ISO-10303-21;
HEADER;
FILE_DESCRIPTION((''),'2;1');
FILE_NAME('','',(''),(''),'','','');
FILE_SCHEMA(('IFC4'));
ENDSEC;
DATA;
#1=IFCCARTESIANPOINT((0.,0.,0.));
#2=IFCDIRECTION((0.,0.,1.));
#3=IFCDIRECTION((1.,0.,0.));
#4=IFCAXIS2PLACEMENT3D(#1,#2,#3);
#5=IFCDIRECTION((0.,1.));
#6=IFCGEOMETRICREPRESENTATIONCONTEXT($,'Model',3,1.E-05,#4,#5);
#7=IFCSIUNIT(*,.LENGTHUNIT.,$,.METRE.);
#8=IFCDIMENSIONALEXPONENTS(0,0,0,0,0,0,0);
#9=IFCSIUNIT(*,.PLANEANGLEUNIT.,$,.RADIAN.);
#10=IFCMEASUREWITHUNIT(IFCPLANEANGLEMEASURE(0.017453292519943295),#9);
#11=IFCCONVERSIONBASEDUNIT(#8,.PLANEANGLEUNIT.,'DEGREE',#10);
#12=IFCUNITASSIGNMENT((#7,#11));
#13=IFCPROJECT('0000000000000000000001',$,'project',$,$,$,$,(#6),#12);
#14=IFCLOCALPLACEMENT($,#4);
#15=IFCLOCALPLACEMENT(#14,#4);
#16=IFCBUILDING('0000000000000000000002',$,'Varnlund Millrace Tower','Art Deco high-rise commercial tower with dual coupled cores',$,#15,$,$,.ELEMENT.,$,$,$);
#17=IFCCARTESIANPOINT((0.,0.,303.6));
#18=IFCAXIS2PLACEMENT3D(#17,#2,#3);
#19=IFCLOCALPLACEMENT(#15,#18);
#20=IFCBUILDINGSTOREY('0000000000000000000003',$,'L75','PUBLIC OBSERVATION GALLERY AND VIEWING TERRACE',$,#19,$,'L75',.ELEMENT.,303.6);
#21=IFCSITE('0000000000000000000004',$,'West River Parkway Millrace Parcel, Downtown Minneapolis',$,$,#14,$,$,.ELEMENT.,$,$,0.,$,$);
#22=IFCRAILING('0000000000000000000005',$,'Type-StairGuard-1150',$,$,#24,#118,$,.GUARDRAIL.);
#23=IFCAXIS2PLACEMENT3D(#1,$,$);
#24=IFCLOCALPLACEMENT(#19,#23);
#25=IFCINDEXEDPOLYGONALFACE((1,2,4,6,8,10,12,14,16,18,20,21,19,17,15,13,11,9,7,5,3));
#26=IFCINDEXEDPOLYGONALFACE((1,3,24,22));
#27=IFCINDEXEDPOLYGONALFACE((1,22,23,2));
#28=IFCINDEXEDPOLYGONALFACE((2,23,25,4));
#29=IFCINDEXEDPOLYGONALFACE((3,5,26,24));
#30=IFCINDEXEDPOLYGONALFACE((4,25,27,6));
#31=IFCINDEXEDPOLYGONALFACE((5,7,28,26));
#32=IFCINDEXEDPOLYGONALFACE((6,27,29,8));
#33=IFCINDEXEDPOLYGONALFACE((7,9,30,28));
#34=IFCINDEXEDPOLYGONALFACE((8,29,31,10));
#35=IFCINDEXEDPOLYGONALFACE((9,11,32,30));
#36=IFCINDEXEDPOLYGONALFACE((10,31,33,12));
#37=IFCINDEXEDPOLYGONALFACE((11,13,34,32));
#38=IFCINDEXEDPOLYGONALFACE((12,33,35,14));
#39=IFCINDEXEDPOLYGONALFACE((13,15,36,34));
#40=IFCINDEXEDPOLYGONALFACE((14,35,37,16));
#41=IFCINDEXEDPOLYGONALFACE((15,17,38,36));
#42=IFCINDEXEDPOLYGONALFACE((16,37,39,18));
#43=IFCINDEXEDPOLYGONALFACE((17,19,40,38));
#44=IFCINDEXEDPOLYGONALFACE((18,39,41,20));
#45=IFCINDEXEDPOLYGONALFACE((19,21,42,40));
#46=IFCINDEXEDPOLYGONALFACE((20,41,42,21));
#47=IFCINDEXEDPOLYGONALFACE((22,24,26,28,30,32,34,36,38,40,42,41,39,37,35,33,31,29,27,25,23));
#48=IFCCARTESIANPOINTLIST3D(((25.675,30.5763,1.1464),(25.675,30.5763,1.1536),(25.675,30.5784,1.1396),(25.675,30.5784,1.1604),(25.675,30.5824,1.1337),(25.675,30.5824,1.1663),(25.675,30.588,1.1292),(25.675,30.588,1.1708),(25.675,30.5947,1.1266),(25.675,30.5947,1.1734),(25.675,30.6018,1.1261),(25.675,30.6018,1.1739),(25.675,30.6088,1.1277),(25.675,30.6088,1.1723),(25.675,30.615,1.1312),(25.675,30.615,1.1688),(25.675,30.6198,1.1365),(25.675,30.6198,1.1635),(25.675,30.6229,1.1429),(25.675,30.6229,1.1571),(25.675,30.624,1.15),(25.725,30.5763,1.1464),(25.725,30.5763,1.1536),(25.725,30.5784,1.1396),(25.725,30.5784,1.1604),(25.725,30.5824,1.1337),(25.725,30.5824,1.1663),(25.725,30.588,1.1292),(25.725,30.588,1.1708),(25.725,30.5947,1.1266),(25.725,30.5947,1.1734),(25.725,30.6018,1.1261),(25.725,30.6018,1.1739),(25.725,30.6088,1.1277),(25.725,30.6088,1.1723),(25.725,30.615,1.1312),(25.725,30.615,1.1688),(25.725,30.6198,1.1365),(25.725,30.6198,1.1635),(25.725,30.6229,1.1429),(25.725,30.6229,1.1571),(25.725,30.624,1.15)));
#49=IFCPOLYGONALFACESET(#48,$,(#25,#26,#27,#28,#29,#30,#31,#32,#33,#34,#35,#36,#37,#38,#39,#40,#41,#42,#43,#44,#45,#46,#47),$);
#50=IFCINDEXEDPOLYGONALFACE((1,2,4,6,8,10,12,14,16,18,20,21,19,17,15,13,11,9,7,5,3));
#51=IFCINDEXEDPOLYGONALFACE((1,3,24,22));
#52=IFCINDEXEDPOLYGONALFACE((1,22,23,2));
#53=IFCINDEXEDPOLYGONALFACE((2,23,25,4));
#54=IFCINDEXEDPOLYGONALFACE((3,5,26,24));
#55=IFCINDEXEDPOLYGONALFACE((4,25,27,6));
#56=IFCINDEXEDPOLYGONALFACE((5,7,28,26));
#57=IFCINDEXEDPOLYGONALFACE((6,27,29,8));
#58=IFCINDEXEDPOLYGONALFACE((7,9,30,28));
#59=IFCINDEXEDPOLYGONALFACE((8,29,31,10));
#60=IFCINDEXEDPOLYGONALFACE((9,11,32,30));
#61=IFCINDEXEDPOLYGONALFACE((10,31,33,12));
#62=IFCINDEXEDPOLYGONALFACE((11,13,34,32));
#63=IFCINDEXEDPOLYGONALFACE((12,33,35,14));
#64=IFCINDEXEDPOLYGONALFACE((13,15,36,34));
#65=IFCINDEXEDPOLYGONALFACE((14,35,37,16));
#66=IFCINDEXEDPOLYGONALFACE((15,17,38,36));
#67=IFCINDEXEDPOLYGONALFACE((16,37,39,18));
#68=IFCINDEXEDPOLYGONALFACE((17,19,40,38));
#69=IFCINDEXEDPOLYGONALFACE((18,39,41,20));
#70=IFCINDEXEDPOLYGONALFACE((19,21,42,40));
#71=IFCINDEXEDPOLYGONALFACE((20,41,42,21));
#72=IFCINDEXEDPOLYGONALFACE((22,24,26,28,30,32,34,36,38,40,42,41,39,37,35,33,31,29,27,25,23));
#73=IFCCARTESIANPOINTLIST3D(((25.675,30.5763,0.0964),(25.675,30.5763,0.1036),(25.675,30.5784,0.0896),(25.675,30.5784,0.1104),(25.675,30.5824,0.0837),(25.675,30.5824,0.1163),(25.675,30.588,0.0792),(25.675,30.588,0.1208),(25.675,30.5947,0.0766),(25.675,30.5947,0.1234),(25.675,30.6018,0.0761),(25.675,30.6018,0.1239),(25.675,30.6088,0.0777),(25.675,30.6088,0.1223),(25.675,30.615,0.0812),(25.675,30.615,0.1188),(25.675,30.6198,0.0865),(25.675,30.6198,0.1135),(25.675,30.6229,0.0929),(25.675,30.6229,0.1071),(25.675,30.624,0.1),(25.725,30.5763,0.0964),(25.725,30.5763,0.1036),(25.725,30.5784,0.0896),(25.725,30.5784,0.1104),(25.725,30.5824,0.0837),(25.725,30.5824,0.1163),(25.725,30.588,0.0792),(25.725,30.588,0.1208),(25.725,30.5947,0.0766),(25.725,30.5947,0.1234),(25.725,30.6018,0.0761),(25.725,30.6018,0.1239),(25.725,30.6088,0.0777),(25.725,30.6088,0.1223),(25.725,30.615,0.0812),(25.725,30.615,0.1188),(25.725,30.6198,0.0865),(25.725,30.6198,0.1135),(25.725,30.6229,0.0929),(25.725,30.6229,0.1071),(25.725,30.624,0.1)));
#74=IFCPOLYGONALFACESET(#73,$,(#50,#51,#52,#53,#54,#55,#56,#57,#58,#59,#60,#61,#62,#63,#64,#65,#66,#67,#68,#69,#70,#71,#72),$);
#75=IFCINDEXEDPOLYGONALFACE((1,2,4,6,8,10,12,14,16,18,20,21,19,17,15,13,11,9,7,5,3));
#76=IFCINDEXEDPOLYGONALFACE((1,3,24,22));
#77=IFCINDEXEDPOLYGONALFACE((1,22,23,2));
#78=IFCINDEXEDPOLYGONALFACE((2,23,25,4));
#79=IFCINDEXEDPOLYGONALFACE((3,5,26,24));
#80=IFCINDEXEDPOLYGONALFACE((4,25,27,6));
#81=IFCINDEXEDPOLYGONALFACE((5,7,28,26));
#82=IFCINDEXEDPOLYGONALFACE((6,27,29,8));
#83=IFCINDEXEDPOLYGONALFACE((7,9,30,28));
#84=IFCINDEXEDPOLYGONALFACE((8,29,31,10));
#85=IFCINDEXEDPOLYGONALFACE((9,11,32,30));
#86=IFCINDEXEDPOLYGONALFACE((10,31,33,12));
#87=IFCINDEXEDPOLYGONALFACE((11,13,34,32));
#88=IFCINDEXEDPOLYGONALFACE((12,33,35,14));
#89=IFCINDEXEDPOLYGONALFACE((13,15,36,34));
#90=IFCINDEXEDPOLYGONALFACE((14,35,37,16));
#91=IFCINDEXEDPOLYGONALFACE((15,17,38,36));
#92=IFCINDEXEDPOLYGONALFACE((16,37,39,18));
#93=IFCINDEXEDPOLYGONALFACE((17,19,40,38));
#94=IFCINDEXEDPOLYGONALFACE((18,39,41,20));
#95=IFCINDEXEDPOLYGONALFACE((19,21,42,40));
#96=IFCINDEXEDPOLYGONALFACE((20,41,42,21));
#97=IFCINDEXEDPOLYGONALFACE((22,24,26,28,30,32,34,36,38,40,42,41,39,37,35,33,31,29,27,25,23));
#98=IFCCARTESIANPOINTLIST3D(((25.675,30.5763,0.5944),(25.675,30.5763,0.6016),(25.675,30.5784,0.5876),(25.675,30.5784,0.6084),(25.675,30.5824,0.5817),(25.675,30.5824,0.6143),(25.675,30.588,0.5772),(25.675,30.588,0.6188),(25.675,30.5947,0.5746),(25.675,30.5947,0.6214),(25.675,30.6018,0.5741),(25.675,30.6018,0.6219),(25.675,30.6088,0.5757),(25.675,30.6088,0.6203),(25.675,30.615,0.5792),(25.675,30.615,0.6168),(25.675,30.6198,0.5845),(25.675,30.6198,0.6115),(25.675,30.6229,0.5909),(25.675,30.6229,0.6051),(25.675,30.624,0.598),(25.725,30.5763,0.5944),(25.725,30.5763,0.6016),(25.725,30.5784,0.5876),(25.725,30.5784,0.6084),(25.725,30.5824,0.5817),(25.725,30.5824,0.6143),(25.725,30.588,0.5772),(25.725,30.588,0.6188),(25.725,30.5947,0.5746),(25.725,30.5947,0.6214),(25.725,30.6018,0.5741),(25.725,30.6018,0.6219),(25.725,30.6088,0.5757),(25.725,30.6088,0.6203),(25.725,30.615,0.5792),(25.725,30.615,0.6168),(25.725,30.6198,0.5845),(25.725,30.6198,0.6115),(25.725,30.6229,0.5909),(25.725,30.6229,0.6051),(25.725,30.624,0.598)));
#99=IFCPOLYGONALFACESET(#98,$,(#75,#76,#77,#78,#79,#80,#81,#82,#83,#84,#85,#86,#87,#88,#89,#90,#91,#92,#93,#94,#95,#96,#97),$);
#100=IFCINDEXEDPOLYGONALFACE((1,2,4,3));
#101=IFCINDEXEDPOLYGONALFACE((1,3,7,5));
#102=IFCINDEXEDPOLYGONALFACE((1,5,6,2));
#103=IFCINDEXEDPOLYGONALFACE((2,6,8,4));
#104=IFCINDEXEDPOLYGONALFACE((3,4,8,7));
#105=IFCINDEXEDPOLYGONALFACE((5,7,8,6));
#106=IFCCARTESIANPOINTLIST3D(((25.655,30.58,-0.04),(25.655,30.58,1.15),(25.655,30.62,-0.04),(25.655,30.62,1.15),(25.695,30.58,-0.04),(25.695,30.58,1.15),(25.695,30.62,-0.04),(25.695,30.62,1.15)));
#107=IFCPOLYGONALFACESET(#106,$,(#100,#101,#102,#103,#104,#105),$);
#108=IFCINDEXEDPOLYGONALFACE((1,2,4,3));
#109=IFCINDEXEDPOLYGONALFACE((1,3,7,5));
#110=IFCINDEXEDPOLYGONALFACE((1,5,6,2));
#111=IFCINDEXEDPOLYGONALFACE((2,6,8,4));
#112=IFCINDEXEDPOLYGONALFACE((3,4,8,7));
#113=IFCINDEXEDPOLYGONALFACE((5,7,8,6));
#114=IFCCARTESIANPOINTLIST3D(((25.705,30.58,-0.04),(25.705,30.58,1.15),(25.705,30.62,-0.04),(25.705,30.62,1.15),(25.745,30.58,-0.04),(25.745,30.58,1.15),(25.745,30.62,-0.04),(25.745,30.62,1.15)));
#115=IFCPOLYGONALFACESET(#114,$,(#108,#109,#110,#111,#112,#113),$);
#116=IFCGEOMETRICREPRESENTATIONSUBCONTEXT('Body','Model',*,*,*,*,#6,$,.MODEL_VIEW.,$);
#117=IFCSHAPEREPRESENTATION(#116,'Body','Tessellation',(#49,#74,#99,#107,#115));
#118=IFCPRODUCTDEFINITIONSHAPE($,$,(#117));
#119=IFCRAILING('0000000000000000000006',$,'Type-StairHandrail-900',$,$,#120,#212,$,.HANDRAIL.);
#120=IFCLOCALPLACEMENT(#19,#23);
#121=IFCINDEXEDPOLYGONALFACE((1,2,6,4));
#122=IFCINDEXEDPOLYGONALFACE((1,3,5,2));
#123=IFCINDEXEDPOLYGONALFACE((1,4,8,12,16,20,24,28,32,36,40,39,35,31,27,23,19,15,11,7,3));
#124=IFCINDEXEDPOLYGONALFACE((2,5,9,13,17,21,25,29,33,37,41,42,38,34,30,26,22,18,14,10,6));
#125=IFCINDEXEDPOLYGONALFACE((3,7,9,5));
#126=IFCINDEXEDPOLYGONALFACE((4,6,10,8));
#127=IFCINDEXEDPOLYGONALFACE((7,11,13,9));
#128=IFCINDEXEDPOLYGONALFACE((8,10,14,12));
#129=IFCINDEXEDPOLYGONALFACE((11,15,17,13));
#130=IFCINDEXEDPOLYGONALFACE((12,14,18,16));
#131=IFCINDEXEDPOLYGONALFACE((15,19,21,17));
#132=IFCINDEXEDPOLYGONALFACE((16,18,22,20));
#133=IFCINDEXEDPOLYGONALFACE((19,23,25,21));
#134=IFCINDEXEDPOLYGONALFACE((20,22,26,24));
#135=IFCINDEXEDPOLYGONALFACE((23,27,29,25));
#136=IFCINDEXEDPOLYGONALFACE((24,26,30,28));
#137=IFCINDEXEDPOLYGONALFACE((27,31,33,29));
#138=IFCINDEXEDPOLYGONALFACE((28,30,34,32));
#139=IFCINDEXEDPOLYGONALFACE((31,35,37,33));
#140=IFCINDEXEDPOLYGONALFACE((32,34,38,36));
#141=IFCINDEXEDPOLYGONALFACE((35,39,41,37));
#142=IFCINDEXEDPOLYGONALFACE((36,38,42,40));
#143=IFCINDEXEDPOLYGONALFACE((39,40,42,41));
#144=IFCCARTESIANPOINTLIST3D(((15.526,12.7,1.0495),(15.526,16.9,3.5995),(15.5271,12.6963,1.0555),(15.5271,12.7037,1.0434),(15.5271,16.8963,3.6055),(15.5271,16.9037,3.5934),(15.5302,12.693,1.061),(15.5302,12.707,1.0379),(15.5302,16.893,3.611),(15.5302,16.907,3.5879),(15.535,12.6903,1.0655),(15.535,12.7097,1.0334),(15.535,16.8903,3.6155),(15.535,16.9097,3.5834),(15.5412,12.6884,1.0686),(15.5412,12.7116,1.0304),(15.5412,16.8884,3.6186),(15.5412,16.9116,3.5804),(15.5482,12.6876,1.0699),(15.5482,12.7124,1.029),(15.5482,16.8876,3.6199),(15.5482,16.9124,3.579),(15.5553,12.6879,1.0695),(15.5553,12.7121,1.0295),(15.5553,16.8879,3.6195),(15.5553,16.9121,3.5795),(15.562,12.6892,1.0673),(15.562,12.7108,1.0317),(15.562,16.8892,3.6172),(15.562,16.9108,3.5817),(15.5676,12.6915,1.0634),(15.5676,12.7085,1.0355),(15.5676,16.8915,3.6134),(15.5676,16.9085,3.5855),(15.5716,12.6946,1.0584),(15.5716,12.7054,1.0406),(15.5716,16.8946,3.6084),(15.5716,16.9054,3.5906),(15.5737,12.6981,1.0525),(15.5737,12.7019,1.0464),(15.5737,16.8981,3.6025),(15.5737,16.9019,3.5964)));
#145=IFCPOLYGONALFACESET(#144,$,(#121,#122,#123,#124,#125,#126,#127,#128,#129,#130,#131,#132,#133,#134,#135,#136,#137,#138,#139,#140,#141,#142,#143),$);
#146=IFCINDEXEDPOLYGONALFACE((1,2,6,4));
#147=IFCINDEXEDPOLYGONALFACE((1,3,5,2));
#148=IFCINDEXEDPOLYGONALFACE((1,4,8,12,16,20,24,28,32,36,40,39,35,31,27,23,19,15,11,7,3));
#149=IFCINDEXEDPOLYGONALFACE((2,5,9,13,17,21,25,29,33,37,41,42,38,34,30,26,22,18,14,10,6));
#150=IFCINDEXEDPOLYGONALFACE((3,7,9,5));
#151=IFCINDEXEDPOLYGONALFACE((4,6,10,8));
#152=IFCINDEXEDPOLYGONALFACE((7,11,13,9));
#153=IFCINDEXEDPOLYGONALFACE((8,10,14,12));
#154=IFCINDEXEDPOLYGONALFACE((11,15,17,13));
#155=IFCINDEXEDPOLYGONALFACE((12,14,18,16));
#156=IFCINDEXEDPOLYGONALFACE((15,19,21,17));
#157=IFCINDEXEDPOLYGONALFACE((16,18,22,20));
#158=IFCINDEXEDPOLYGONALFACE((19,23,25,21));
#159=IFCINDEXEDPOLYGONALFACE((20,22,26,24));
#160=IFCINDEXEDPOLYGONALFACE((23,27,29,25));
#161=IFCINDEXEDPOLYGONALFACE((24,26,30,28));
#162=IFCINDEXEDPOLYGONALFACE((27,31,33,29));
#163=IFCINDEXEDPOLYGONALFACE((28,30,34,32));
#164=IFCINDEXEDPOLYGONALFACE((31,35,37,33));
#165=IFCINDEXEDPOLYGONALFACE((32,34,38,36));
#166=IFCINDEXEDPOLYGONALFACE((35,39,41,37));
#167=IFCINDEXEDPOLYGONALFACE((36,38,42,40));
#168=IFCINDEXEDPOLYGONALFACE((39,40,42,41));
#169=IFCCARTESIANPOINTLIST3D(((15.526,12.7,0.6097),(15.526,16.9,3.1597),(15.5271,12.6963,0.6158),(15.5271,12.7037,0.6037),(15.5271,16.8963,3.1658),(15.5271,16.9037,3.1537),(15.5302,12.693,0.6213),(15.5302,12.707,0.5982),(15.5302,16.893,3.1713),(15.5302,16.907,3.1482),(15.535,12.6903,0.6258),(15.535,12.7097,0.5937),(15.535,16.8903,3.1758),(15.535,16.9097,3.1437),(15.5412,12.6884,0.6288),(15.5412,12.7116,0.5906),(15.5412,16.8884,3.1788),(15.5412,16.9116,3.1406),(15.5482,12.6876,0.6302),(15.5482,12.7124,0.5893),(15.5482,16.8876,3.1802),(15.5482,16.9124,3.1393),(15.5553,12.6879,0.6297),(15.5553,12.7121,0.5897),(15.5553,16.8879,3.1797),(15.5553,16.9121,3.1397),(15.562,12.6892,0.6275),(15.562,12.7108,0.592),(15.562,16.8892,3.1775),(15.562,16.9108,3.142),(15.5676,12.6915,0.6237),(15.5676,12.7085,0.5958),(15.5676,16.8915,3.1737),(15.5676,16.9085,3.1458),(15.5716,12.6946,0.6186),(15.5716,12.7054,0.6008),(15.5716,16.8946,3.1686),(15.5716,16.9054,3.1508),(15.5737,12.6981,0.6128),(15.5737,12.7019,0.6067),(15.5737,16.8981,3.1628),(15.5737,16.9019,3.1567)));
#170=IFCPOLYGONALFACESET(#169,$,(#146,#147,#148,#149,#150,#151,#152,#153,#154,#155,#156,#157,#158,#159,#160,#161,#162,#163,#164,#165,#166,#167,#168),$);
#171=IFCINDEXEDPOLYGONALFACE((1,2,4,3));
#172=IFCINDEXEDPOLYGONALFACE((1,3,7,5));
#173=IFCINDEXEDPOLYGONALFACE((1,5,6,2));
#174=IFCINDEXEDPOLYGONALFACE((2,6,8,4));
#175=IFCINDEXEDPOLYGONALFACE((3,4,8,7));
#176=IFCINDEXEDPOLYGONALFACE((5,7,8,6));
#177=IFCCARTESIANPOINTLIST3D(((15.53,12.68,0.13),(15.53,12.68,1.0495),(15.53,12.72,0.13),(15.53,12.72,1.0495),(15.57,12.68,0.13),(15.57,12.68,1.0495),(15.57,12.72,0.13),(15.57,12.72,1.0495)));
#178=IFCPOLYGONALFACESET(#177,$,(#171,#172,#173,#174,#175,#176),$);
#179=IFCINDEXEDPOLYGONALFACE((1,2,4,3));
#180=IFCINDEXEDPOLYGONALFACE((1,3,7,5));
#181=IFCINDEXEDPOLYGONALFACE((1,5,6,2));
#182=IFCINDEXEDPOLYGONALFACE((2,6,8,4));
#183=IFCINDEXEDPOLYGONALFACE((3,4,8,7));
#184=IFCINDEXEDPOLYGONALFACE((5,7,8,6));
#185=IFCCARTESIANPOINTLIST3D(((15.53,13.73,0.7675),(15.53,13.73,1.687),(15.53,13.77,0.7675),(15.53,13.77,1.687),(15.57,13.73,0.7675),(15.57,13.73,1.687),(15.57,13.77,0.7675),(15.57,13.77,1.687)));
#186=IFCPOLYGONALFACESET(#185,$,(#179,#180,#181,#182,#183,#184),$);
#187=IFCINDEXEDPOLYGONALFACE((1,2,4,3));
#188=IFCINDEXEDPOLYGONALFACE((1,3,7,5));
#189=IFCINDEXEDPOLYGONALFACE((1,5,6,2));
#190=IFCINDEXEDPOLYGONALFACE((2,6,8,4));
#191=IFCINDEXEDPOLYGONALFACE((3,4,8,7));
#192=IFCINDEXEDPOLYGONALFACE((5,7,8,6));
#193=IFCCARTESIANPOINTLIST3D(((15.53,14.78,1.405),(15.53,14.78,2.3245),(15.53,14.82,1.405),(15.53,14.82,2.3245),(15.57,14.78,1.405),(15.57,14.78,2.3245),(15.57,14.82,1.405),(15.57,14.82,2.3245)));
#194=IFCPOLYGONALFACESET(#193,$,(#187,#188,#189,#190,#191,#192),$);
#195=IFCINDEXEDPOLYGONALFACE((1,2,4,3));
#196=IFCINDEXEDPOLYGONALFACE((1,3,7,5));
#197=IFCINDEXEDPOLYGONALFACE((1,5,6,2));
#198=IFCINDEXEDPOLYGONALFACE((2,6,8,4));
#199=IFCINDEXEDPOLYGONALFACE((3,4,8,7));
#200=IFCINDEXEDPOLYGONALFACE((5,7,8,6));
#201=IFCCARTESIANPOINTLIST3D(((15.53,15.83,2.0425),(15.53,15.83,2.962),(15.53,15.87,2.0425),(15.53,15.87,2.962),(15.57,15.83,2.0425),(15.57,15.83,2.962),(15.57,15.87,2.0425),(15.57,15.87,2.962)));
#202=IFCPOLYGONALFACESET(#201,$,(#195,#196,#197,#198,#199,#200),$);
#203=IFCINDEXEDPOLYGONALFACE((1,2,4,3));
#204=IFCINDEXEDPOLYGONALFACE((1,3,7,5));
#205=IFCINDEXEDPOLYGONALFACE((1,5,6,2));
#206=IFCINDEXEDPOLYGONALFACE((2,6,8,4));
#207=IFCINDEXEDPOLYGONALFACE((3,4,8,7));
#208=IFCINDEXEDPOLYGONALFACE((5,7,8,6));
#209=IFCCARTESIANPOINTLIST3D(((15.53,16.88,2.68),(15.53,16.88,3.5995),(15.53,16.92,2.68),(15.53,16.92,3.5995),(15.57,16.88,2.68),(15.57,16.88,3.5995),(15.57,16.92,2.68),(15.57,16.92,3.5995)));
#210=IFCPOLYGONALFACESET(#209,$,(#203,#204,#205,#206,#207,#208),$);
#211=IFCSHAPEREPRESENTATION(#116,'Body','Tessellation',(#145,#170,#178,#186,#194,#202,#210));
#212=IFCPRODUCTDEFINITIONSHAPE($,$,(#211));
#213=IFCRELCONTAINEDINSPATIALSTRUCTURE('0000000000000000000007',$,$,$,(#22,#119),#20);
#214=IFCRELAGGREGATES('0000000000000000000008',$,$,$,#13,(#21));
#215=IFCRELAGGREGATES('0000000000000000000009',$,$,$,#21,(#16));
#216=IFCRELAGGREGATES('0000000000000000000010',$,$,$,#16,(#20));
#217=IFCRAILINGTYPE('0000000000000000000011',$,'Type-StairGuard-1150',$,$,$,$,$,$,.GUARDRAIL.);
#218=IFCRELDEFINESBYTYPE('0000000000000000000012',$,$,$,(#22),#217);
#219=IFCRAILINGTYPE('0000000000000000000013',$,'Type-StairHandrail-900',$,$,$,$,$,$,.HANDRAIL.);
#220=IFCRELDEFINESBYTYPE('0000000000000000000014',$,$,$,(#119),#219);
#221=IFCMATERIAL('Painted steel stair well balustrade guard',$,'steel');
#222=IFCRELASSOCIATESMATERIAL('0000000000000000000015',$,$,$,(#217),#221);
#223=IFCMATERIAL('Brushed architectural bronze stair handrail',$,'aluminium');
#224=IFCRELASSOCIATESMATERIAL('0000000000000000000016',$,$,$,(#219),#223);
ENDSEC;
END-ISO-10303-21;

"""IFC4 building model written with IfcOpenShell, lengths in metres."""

from ifc_helpers import new_model, entity, si_unit, converted_unit, direction, frame, origin_with_axes, origin_2d_with_axis, place, context, subcontext, project, spatial, rectangle, circle, extrude, material, type_object, element, save


model = new_model("IFC4")

# Units and contexts
model_context = context("Model", 3, precision=1e-05, world=origin_with_axes(), true_north=direction((0.0, 1.0)))
body_context = subcontext(model_context, "Body", "Model", "MODEL_VIEW")
ifc_project = project(units=[si_unit("LENGTHUNIT", "METRE"), converted_unit("PLANEANGLEUNIT", "DEGREE", entity("IfcPlaneAngleMeasure", 0.017453292519943295), si_unit("PLANEANGLEUNIT", "RADIAN"), dimensions=[0, 0, 0, 0, 0, 0, 0])], contexts=[model_context])

# Site, building, storey
site_placement = place(None, origin_with_axes())
site = spatial("IfcSite", under=ifc_project, at=site_placement, Name="West River Parkway Millrace Parcel, Downtown Minneapolis", CompositionType="ELEMENT", RefElevation=0.0)
building_placement = place(site_placement, origin_with_axes())
building = spatial("IfcBuilding", under=site, at=building_placement, Name="Varnlund Millrace Tower", Description="Art Deco high-rise commercial tower with dual coupled cores", CompositionType="ELEMENT")
storey_placement = place(building_placement, frame((0.0, 0.0, 303.6), z_axis=(0.0, 0.0, 1.0), x_axis=(1.0, 0.0, 0.0)))
storey = spatial("IfcBuildingStorey", under=building, at=storey_placement, Name="L75", Description="PUBLIC OBSERVATION GALLERY AND VIEWING TERRACE", LongName="L75", CompositionType="ELEMENT", Elevation=303.6)

# Railings
ifc_material_1 = material(Name="Painted steel stair well balustrade guard", Category="steel")
railing_type_1 = type_object("IfcRailingType", Name="Type-StairGuard-1150", PredefinedType="GUARDRAIL", material=ifc_material_1)
railing_1_placement = place(storey_placement, frame((0.0, 0.0, -303.6), z_axis=(0.0, 0.0, 1.0), x_axis=(1.0, 0.0, 0.0)))
element("IfcRailing", 1, at=railing_1_placement, inside=storey, type_object=railing_type_1, Name="Type-StairGuard-1150", PredefinedType="GUARDRAIL", context=body_context, shape_type="SweptSolid", body=[
    extrude(circle(Radius=0.024, at=origin_2d_with_axis()), frame((25.675, 30.6, 304.75), z_axis=(1.0, 0.0, 0.0), x_axis=(0.0, 1.0, 0.0)), (0.0, 0.0, 1.0), 0.05),
    extrude(circle(Radius=0.024, at=origin_2d_with_axis()), frame((25.675, 30.6, 303.7), z_axis=(1.0, 0.0, 0.0), x_axis=(0.0, 1.0, 0.0)), (0.0, 0.0, 1.0), 0.05),
    extrude(circle(Radius=0.024, at=origin_2d_with_axis()), frame((25.675, 30.6, 304.198), z_axis=(1.0, 0.0, 0.0), x_axis=(0.0, 1.0, 0.0)), (0.0, 0.0, 1.0), 0.05),
    extrude(rectangle(XDim=0.04, YDim=0.04, at=origin_2d_with_axis()), frame((25.675, 30.6, 303.56), z_axis=(0.0, 0.0, 1.0), x_axis=(1.0, 0.0, 0.0)), (0.0, 0.0, 1.0), 1.19),
    extrude(rectangle(XDim=0.04, YDim=0.04, at=origin_2d_with_axis()), frame((25.725, 30.6, 303.56), z_axis=(0.0, 0.0, 1.0), x_axis=(1.0, 0.0, 0.0)), (0.0, 0.0, 1.0), 1.19),
])
ifc_material_2 = material(Name="Brushed architectural bronze stair handrail", Category="aluminium")
railing_type_2 = type_object("IfcRailingType", Name="Type-StairHandrail-900", PredefinedType="HANDRAIL", material=ifc_material_2)
railing_2_placement = place(storey_placement, frame((0.0, 0.0, -303.6), z_axis=(0.0, 0.0, 1.0), x_axis=(1.0, 0.0, 0.0)))
element("IfcRailing", 2, at=railing_2_placement, inside=storey, type_object=railing_type_2, Name="Type-StairHandrail-900", PredefinedType="HANDRAIL", context=body_context, shape_type="SweptSolid", body=[
    extrude(circle(Radius=0.024, at=origin_2d_with_axis()), frame((15.55, 12.7, 304.6495), z_axis=(0.0, 0.854788, 0.518978), x_axis=(-1.0, 0.0, 0.0)), (0.0, 0.0, 1.0), 4.9135),
    extrude(circle(Radius=0.024, at=origin_2d_with_axis()), frame((15.55, 12.7, 304.2097), z_axis=(0.0, 0.854788, 0.518978), x_axis=(-1.0, 0.0, 0.0)), (0.0, 0.0, 1.0), 4.9135),
    extrude(rectangle(XDim=0.04, YDim=0.04, at=origin_2d_with_axis()), frame((15.55, 12.7, 303.73), z_axis=(0.0, 0.0, 1.0), x_axis=(1.0, 0.0, 0.0)), (0.0, 0.0, 1.0), 0.9195),
    extrude(rectangle(XDim=0.04, YDim=0.04, at=origin_2d_with_axis()), frame((15.55, 13.75, 304.3675), z_axis=(0.0, 0.0, 1.0), x_axis=(1.0, 0.0, 0.0)), (0.0, 0.0, 1.0), 0.9195),
    extrude(rectangle(XDim=0.04, YDim=0.04, at=origin_2d_with_axis()), frame((15.55, 14.8, 305.005), z_axis=(0.0, 0.0, 1.0), x_axis=(1.0, 0.0, 0.0)), (0.0, 0.0, 1.0), 0.9195),
    extrude(rectangle(XDim=0.04, YDim=0.04, at=origin_2d_with_axis()), frame((15.55, 15.85, 305.6425), z_axis=(0.0, 0.0, 1.0), x_axis=(1.0, 0.0, 0.0)), (0.0, 0.0, 1.0), 0.9195),
    extrude(rectangle(XDim=0.04, YDim=0.04, at=origin_2d_with_axis()), frame((15.55, 16.9, 306.28), z_axis=(0.0, 0.0, 1.0), x_axis=(1.0, 0.0, 0.0)), (0.0, 0.0, 1.0), 0.9195),
])

save(model, "model.ifc")
